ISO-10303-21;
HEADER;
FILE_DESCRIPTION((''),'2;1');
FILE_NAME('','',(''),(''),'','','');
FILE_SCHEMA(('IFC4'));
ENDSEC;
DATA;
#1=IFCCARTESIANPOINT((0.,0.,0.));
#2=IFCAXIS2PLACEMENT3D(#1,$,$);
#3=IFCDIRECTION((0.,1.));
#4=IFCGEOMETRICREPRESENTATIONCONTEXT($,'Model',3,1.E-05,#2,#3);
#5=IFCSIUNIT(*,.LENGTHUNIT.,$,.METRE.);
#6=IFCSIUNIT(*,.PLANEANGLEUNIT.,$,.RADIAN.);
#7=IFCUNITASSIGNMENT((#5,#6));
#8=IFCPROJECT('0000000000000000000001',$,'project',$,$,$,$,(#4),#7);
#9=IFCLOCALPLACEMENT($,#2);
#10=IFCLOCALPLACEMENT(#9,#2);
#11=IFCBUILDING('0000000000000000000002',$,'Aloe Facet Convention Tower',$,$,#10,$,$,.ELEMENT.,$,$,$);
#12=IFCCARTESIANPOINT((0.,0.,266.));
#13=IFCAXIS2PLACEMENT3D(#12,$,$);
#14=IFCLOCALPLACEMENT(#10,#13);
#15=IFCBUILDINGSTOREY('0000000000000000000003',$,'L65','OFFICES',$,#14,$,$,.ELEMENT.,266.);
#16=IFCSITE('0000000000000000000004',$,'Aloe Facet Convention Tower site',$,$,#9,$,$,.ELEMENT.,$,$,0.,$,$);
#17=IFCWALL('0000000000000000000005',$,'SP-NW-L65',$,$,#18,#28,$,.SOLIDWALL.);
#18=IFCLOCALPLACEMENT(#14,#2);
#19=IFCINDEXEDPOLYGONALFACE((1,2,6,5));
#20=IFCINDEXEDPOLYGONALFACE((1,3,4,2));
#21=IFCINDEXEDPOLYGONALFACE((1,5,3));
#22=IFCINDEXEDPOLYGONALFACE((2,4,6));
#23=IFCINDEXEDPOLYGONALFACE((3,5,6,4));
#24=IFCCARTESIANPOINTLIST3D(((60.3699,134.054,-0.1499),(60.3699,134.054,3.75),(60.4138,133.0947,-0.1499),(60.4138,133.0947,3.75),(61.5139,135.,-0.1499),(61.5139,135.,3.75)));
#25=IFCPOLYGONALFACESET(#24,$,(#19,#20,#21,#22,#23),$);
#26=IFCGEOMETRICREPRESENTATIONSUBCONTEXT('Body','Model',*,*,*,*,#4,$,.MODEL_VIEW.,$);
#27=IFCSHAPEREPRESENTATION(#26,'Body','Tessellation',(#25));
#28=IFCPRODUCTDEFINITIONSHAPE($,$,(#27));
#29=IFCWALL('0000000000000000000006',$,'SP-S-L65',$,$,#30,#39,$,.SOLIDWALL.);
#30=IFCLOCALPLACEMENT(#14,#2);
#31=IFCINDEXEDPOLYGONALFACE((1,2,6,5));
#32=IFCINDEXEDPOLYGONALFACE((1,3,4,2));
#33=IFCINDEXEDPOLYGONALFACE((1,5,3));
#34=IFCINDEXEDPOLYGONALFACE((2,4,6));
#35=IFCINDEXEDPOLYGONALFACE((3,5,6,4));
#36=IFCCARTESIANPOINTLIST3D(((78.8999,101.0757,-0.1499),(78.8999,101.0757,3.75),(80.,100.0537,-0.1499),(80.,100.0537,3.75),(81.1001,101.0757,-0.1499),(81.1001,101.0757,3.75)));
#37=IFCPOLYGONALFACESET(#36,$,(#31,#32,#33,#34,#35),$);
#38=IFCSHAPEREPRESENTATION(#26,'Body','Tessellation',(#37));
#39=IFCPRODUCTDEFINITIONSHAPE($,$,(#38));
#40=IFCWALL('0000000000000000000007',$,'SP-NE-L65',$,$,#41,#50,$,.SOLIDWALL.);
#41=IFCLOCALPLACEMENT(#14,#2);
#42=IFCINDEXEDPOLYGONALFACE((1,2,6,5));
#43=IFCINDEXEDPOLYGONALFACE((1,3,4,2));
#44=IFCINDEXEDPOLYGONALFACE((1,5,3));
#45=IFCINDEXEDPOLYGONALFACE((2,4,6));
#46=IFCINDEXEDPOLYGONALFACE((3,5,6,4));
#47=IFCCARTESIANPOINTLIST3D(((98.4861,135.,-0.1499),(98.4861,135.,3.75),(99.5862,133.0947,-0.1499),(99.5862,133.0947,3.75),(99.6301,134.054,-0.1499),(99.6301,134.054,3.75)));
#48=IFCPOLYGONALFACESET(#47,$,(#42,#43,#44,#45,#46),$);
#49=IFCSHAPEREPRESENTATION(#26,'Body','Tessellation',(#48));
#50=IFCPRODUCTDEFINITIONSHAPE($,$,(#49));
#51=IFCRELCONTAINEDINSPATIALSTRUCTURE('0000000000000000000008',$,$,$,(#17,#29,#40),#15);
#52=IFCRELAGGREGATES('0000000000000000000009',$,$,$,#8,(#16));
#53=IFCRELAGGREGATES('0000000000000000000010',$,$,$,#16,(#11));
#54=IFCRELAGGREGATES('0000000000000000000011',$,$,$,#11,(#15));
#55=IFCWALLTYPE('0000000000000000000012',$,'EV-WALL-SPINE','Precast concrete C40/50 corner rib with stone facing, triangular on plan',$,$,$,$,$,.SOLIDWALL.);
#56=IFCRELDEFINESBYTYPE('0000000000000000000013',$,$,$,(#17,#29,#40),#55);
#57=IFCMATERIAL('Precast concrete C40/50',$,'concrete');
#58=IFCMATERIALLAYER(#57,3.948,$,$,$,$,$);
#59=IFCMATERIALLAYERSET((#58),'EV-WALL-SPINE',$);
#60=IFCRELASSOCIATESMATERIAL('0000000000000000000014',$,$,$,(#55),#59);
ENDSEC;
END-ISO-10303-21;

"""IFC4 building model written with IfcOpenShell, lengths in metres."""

from ifc_helpers import new_model, si_unit, direction, frame, origin, place, context, subcontext, project, spatial, polyline, outline, extrude, material, layer, layer_set, type_object, element, save


model = new_model("IFC4")

# Units and contexts
model_context = context("Model", 3, precision=1e-05, world=origin(), true_north=direction((0.0, 1.0)))
body_context = subcontext(model_context, "Body", "Model", "MODEL_VIEW")
ifc_project = project(units=[si_unit("LENGTHUNIT", "METRE"), si_unit("PLANEANGLEUNIT", "RADIAN")], contexts=[model_context])

# Site, building, storey
site_placement = place(None, origin())
site = spatial("IfcSite", under=ifc_project, at=site_placement, Name="Aloe Facet Convention Tower site", CompositionType="ELEMENT", RefElevation=0.0)
building_placement = place(site_placement, origin())
building = spatial("IfcBuilding", under=site, at=building_placement, Name="Aloe Facet Convention Tower", CompositionType="ELEMENT")
storey_placement = place(building_placement, frame((0.0, 0.0, 266.0)))
storey = spatial("IfcBuildingStorey", under=building, at=storey_placement, Name="L65", Description="OFFICES", CompositionType="ELEMENT", Elevation=266.0)

# Walls
ifc_material_1 = material(Name="Precast concrete C40/50", Category="concrete")
ifc_layer_1 = layer(ifc_material_1, 3.948)
ifc_layer_set_1 = layer_set([ifc_layer_1], Name="EV-WALL-SPINE")
wall_type_1 = type_object("IfcWallType", Name="EV-WALL-SPINE", Description="Precast concrete C40/50 corner rib with stone facing, triangular on plan", PredefinedType="SOLIDWALL", material=ifc_layer_set_1)
wall_1_placement = place(storey_placement, frame((0.0, 0.0, -0.1499)))
element("IfcWall", 1, at=wall_1_placement, inside=storey, type_object=wall_type_1, Name="SP-NW-L65", PredefinedType="SOLIDWALL", context=body_context, shape_type="SweptSolid", body=[
    extrude(outline(polyline([(61.5139, 135.0), (60.3699, 134.054), (60.4138, 133.0947), (61.5139, 135.0)])), origin(), (0.0, 0.0, 1.0), 3.8999),
])
wall_2_placement = place(storey_placement, frame((0.0, 0.0, -0.1499)))
element("IfcWall", 2, at=wall_2_placement, inside=storey, type_object=wall_type_1, Name="SP-S-L65", PredefinedType="SOLIDWALL", context=body_context, shape_type="SweptSolid", body=[
    extrude(outline(polyline([(78.8999, 101.0757), (80.0, 100.0537), (81.1001, 101.0757), (78.8999, 101.0757)])), origin(), (0.0, 0.0, 1.0), 3.8999),
])
wall_3_placement = place(storey_placement, frame((0.0, 0.0, -0.1499)))
element("IfcWall", 3, at=wall_3_placement, inside=storey, type_object=wall_type_1, Name="SP-NE-L65", PredefinedType="SOLIDWALL", context=body_context, shape_type="SweptSolid", body=[
    extrude(outline(polyline([(99.5862, 133.0947), (99.6301, 134.054), (98.4861, 135.0), (99.5862, 133.0947)])), origin(), (0.0, 0.0, 1.0), 3.8999),
])

save(model, "model.ifc")
